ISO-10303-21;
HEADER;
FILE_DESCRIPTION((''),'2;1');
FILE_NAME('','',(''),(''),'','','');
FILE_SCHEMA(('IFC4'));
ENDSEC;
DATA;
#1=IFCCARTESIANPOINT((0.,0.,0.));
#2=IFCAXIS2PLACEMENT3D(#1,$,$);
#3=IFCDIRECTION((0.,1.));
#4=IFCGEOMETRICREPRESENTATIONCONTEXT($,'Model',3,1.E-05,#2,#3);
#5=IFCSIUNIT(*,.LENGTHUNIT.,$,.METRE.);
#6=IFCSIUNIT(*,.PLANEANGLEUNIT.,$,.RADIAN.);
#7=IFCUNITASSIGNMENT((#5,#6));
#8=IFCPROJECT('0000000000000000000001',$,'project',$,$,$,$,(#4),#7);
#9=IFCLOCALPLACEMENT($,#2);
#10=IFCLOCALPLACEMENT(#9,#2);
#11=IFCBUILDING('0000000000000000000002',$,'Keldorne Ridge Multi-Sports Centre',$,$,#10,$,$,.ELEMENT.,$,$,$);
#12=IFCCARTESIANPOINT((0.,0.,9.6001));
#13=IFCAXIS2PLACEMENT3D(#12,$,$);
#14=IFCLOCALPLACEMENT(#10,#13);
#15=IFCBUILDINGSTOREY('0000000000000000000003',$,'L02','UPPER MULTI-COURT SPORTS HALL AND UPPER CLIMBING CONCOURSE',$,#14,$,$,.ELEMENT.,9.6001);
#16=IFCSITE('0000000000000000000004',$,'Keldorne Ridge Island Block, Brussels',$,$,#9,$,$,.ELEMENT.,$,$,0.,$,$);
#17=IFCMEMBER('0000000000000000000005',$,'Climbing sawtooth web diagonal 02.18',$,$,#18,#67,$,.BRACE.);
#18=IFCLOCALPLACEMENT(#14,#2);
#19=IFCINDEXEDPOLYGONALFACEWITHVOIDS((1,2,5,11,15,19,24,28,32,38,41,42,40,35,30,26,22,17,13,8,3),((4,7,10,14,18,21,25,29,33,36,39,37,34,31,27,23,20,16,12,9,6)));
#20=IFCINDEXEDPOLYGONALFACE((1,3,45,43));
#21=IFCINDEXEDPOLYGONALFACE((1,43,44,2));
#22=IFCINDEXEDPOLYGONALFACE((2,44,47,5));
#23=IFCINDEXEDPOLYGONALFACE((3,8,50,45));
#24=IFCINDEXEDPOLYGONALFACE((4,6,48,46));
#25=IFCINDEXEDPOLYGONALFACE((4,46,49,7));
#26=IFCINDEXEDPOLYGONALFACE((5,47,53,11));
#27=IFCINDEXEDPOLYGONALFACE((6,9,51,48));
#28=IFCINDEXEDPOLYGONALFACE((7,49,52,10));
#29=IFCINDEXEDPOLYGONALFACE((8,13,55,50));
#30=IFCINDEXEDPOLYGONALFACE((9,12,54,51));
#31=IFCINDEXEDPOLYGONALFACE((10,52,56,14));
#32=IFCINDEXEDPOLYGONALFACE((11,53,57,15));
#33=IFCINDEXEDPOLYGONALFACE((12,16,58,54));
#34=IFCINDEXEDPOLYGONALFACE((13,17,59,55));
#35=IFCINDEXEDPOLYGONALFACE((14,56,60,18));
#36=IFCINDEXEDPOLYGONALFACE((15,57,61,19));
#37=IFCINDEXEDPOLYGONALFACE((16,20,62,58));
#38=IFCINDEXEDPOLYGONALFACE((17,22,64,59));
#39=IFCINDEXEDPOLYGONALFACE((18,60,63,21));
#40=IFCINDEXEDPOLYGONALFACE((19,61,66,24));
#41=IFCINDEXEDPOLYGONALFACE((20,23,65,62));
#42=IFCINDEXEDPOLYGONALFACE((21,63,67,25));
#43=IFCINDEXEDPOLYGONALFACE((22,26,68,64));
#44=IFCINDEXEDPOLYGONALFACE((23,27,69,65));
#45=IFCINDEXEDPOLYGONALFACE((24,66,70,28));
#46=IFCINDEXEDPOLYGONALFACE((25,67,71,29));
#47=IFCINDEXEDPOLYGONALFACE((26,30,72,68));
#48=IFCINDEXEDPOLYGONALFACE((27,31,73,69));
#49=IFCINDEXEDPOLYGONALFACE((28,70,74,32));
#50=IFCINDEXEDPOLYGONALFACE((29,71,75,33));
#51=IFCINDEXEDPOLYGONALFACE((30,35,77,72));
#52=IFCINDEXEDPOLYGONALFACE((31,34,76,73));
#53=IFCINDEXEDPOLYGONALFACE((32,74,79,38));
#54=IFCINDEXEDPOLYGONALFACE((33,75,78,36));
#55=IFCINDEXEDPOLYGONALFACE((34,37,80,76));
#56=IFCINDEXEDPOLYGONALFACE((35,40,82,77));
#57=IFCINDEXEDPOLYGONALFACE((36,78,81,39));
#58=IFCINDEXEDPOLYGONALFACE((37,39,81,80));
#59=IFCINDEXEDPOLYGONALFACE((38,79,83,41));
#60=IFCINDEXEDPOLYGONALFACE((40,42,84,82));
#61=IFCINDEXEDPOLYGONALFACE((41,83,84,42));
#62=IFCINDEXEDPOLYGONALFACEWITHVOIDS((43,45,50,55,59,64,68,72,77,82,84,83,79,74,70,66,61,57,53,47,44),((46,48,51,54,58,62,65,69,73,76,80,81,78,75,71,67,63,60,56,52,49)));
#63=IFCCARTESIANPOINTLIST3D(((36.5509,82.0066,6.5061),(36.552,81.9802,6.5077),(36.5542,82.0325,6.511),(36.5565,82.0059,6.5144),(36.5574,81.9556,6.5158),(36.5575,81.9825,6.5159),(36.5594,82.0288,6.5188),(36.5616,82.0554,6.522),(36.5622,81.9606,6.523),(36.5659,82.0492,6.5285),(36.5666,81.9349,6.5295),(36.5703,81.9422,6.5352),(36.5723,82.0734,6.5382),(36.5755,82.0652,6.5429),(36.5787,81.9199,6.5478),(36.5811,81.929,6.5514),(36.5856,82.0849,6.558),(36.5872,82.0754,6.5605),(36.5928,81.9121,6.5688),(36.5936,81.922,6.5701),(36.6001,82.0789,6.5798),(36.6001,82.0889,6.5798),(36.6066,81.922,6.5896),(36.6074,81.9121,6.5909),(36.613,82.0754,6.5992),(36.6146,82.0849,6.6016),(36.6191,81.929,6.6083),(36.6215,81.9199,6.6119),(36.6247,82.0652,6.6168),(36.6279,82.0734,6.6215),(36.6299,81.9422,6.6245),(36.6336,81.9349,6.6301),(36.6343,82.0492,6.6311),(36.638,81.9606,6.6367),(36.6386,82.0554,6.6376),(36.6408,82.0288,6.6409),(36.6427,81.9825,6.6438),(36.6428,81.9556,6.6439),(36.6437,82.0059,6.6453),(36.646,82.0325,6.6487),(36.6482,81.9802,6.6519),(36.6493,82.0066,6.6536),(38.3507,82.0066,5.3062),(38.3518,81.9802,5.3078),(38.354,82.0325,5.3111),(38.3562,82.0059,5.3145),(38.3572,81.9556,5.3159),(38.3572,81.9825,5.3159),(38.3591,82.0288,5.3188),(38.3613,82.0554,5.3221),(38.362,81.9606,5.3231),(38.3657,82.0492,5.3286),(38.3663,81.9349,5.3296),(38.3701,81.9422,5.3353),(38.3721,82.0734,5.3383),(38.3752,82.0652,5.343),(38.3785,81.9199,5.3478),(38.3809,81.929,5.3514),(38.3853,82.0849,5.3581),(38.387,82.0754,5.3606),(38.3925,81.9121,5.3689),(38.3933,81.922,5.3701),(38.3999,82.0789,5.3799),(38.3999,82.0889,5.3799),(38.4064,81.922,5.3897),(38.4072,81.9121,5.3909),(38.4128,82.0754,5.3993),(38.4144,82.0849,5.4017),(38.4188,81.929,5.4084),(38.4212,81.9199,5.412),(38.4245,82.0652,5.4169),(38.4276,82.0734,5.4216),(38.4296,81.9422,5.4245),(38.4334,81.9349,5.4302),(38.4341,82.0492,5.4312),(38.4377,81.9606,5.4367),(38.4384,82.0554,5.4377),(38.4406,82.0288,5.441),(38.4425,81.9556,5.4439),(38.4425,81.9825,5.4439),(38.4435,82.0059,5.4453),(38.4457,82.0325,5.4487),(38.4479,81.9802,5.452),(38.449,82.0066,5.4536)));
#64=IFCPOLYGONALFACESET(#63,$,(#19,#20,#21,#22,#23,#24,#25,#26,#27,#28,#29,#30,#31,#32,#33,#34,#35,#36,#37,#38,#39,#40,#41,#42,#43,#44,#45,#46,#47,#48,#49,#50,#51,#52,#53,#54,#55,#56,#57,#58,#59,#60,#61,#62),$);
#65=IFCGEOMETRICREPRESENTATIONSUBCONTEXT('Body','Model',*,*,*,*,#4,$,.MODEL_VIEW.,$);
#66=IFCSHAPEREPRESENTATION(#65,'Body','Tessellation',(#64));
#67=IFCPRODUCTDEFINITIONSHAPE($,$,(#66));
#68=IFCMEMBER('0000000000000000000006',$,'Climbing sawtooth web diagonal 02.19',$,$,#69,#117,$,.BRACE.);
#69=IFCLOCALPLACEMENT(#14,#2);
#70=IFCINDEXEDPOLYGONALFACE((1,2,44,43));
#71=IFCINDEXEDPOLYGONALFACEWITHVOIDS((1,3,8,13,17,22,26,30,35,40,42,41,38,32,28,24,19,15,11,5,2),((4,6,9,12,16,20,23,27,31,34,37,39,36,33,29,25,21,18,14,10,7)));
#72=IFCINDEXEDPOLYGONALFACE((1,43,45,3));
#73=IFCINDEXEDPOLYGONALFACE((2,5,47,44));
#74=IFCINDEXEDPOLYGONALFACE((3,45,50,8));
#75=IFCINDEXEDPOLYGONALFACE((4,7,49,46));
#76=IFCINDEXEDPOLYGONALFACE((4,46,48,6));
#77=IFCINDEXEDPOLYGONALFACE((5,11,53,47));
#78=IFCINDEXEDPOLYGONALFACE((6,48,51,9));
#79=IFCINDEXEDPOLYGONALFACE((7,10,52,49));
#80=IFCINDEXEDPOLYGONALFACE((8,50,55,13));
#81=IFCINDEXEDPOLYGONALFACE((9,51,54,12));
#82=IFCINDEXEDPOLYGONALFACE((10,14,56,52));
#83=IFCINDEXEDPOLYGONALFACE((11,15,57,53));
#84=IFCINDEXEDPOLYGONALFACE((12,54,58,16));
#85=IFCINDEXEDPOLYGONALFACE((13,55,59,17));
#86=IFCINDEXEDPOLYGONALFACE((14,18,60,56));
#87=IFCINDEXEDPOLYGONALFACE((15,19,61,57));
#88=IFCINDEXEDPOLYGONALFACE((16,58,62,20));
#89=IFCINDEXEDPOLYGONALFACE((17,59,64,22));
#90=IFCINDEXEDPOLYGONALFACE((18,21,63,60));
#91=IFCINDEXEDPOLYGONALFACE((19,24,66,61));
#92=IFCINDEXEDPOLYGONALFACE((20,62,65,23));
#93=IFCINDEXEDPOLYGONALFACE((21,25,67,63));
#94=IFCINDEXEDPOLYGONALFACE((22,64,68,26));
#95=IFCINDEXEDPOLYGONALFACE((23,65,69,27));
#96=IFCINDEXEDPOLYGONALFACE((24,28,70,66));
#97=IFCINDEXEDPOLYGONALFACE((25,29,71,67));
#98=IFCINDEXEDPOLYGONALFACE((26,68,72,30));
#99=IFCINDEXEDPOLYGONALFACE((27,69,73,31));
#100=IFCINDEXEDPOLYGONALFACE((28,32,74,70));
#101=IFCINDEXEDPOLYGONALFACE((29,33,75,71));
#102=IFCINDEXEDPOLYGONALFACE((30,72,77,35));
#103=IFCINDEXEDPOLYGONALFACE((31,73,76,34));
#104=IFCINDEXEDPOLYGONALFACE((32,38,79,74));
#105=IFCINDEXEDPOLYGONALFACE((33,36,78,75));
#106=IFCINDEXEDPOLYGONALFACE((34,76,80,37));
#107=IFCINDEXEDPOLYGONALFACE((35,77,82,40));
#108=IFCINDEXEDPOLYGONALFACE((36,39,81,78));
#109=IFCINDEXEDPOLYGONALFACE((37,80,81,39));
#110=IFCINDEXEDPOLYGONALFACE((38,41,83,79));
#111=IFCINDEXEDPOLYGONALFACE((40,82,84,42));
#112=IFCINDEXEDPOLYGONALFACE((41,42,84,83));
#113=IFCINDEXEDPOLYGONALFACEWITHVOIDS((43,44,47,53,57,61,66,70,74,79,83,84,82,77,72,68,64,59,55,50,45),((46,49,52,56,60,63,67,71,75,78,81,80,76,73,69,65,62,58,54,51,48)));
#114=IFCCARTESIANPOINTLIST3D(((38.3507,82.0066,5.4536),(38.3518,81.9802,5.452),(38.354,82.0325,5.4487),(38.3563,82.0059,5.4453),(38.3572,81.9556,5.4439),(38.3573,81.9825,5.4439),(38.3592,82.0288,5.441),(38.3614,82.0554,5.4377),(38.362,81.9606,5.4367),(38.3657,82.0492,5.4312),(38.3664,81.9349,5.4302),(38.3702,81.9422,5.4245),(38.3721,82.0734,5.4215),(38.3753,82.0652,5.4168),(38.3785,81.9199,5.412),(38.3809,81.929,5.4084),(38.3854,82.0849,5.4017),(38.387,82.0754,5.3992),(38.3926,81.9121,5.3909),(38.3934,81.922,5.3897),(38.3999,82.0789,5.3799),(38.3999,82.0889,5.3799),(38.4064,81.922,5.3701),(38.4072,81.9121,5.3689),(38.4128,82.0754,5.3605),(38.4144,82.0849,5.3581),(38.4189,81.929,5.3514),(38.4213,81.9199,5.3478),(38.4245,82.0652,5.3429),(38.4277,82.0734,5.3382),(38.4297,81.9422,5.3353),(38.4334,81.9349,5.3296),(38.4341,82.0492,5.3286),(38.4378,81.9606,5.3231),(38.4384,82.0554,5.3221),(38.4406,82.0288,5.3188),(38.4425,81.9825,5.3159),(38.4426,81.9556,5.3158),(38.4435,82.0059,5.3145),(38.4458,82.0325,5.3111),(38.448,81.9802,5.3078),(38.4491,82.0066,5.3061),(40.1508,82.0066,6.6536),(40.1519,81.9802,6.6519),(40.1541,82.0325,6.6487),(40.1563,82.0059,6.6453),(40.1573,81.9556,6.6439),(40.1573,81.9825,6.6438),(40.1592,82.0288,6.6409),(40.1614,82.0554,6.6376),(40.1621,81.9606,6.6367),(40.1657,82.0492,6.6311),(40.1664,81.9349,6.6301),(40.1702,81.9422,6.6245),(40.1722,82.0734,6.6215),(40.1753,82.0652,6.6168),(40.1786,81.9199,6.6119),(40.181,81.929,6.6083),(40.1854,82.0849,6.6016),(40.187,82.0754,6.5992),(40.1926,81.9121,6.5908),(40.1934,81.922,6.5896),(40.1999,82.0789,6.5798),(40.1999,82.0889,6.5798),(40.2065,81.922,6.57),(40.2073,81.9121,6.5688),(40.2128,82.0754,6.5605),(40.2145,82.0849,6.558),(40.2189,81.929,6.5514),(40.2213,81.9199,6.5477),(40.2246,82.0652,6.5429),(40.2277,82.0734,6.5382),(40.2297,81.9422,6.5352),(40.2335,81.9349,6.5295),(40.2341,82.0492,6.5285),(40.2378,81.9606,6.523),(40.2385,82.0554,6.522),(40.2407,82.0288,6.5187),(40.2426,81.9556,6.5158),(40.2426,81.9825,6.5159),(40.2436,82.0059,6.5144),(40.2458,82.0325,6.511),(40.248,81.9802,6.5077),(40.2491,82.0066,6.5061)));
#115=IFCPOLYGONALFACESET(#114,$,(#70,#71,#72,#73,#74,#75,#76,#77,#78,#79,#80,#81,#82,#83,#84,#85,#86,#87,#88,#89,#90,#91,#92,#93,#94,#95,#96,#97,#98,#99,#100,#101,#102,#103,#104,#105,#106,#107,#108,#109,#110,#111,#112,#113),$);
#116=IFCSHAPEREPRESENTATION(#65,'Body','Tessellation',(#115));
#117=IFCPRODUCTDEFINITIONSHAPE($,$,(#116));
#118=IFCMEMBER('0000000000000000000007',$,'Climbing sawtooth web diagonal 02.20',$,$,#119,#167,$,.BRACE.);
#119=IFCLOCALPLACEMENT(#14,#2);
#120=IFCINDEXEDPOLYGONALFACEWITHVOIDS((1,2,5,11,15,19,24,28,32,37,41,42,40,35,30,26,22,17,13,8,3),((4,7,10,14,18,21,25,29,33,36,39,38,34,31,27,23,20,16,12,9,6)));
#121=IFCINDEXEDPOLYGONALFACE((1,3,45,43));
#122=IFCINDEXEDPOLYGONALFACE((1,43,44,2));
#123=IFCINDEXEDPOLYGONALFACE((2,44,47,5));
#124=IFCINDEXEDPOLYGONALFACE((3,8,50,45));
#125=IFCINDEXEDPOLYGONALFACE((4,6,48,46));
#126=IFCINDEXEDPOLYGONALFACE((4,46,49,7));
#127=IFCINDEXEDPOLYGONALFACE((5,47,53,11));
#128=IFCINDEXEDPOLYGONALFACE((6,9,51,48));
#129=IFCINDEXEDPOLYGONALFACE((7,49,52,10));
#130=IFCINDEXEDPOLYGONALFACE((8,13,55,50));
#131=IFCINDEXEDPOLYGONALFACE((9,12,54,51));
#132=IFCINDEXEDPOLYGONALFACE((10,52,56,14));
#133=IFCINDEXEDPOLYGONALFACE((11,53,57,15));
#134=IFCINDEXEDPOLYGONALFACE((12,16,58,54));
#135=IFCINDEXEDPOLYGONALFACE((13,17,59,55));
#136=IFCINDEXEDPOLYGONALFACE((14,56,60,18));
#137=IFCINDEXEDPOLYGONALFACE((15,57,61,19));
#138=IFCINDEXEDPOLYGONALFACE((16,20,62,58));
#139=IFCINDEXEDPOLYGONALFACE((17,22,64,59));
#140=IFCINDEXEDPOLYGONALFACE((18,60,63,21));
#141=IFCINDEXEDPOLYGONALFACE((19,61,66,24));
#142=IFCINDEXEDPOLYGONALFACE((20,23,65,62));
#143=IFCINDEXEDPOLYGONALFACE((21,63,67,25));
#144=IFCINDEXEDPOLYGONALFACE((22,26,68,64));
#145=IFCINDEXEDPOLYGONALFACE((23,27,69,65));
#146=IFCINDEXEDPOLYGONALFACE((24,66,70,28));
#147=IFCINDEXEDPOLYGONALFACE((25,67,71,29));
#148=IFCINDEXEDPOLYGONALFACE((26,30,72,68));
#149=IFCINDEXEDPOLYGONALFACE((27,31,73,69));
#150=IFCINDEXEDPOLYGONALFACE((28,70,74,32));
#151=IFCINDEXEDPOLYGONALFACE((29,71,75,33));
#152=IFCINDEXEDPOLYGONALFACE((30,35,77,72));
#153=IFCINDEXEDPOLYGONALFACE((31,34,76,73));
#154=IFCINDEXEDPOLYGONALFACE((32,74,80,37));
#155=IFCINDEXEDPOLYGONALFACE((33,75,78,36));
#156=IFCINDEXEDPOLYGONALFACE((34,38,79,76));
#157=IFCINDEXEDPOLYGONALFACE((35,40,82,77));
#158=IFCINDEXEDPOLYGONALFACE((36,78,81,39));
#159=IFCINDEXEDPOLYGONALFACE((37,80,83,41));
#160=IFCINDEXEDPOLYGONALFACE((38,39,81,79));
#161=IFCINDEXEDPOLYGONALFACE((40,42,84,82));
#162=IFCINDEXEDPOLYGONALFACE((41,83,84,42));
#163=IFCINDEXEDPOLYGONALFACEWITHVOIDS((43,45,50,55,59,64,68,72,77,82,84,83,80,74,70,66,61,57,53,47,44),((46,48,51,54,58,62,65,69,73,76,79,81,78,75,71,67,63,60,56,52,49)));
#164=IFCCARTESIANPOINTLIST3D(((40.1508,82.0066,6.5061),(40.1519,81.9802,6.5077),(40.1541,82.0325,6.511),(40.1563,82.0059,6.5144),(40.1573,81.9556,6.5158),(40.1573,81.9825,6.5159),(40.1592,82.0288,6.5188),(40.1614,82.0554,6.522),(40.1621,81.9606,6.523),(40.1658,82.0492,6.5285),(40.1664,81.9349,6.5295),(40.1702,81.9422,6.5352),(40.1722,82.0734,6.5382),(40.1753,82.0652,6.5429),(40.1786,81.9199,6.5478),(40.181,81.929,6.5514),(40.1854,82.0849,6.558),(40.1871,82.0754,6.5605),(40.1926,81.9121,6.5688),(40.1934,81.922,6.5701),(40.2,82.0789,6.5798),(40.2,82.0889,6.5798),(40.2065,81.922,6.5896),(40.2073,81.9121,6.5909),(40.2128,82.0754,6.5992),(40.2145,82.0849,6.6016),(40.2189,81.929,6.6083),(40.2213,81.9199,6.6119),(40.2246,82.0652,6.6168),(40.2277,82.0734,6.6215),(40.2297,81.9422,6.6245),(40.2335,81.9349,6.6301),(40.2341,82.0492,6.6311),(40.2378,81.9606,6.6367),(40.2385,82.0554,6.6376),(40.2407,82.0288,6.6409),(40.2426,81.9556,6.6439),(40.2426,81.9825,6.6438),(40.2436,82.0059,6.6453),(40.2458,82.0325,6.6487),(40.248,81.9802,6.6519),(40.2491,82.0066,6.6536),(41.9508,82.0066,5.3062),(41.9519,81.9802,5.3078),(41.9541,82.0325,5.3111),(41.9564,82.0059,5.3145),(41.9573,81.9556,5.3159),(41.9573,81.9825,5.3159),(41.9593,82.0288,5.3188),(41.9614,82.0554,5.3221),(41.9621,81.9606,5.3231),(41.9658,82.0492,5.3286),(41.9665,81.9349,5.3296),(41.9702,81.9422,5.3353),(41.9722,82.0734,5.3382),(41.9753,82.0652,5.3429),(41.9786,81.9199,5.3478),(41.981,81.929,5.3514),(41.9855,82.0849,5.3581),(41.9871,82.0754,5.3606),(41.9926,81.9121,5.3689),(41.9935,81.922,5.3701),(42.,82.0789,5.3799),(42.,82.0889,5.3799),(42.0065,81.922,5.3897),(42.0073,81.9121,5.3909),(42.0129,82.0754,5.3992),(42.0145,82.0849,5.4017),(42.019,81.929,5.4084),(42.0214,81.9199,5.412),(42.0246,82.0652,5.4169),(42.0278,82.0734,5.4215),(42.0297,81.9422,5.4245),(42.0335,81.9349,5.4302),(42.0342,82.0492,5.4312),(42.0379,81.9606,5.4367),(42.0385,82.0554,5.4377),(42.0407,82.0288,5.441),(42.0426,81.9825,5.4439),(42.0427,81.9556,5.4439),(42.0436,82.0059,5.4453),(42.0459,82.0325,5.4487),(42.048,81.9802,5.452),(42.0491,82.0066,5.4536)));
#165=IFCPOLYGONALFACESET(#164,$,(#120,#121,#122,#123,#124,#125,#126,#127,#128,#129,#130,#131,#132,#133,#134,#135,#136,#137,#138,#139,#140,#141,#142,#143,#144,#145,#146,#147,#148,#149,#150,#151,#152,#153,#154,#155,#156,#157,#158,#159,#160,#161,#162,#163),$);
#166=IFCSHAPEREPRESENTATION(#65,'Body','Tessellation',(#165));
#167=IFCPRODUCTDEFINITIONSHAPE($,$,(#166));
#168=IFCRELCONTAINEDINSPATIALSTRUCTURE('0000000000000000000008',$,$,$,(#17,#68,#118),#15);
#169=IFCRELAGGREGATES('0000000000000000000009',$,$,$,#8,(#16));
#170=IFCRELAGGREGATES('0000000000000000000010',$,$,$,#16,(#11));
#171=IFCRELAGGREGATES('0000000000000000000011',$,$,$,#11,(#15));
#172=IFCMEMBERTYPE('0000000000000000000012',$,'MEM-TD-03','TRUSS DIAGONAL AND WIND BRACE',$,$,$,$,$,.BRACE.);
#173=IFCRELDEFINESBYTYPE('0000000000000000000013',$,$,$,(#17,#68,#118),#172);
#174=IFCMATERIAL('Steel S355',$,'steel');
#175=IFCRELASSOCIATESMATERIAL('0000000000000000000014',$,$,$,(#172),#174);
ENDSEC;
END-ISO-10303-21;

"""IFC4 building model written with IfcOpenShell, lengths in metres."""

from ifc_helpers import new_model, si_unit, direction, frame, origin, origin_2d, place, context, subcontext, project, spatial, hollow_circle, extrude, material, material_profile, profile_set, type_object, element, save


model = new_model("IFC4")

# Units and contexts
model_context = context("Model", 3, precision=1e-05, world=origin(), true_north=direction((0.0, 1.0)))
body_context = subcontext(model_context, "Body", "Model", "MODEL_VIEW")
ifc_project = project(units=[si_unit("LENGTHUNIT", "METRE"), si_unit("PLANEANGLEUNIT", "RADIAN")], contexts=[model_context])

# Site, building, storey
site_placement = place(None, origin())
site = spatial("IfcSite", under=ifc_project, at=site_placement, Name="Keldorne Ridge Island Block, Brussels", CompositionType="ELEMENT", RefElevation=0.0)
building_placement = place(site_placement, origin())
building = spatial("IfcBuilding", under=site, at=building_placement, Name="Keldorne Ridge Multi-Sports Centre", CompositionType="ELEMENT")
storey_placement = place(building_placement, frame((0.0, 0.0, 9.6001)))
storey = spatial("IfcBuildingStorey", under=building, at=storey_placement, Name="L02", Description="UPPER MULTI-COURT SPORTS HALL AND UPPER CLIMBING CONCOURSE", CompositionType="ELEMENT", Elevation=9.6001)

# Shared definitions
ifc_material_1 = material(Name="Steel S355", Category="steel")

# Members
ifc_material_profile_1 = material_profile(ifc_material_1, hollow_circle(Radius=0.0889, WallThickness=0.01, at=origin_2d()), Name="CHS 177.8x10")
ifc_profile_set_1 = profile_set([ifc_material_profile_1], Name="Steel S355")
member_type_1 = type_object("IfcMemberType", Name="MEM-TD-03", Description="TRUSS DIAGONAL AND WIND BRACE", PredefinedType="BRACE", material=ifc_profile_set_1)
member_1_placement = place(storey_placement, frame((36.6001, 82.0, 6.5798), z_axis=(0.832033, 0.0, -0.554726), x_axis=(0.0, 1.0, 0.0)))
element("IfcMember", 1, at=member_1_placement, inside=storey, type_object=member_type_1, Name="Climbing sawtooth web diagonal 02.18", PredefinedType="BRACE", context=body_context, shape_type="SweptSolid", body=[
    extrude(hollow_circle(Radius=0.0889, WallThickness=0.01, at=origin_2d()), origin(), (0.0, 0.0, 1.0), 2.1631),
])
for number, where, z_axis, x_axis, name in (
    (2, (38.3999, 82.0, 5.3799), (0.832068, 0.0, 0.554674), (0.0, 1.0, 0.0), "Climbing sawtooth web diagonal 02.19"),
    (3, (40.2, 82.0, 6.5798), (0.832068, 0.0, -0.554674), (0.0, 1.0, 0.0), "Climbing sawtooth web diagonal 02.20"),
):
    element("IfcMember", number, at=place(storey_placement, frame(where, z_axis=z_axis, x_axis=x_axis)), inside=storey, type_object=member_type_1, Name=name, PredefinedType="BRACE", context=body_context, shape_type="SweptSolid", body=[
        extrude(hollow_circle(Radius=0.0889, WallThickness=0.01, at=origin_2d()), origin(), (0.0, 0.0, 1.0), 2.1633),
    ])

save(model, "model.ifc")
